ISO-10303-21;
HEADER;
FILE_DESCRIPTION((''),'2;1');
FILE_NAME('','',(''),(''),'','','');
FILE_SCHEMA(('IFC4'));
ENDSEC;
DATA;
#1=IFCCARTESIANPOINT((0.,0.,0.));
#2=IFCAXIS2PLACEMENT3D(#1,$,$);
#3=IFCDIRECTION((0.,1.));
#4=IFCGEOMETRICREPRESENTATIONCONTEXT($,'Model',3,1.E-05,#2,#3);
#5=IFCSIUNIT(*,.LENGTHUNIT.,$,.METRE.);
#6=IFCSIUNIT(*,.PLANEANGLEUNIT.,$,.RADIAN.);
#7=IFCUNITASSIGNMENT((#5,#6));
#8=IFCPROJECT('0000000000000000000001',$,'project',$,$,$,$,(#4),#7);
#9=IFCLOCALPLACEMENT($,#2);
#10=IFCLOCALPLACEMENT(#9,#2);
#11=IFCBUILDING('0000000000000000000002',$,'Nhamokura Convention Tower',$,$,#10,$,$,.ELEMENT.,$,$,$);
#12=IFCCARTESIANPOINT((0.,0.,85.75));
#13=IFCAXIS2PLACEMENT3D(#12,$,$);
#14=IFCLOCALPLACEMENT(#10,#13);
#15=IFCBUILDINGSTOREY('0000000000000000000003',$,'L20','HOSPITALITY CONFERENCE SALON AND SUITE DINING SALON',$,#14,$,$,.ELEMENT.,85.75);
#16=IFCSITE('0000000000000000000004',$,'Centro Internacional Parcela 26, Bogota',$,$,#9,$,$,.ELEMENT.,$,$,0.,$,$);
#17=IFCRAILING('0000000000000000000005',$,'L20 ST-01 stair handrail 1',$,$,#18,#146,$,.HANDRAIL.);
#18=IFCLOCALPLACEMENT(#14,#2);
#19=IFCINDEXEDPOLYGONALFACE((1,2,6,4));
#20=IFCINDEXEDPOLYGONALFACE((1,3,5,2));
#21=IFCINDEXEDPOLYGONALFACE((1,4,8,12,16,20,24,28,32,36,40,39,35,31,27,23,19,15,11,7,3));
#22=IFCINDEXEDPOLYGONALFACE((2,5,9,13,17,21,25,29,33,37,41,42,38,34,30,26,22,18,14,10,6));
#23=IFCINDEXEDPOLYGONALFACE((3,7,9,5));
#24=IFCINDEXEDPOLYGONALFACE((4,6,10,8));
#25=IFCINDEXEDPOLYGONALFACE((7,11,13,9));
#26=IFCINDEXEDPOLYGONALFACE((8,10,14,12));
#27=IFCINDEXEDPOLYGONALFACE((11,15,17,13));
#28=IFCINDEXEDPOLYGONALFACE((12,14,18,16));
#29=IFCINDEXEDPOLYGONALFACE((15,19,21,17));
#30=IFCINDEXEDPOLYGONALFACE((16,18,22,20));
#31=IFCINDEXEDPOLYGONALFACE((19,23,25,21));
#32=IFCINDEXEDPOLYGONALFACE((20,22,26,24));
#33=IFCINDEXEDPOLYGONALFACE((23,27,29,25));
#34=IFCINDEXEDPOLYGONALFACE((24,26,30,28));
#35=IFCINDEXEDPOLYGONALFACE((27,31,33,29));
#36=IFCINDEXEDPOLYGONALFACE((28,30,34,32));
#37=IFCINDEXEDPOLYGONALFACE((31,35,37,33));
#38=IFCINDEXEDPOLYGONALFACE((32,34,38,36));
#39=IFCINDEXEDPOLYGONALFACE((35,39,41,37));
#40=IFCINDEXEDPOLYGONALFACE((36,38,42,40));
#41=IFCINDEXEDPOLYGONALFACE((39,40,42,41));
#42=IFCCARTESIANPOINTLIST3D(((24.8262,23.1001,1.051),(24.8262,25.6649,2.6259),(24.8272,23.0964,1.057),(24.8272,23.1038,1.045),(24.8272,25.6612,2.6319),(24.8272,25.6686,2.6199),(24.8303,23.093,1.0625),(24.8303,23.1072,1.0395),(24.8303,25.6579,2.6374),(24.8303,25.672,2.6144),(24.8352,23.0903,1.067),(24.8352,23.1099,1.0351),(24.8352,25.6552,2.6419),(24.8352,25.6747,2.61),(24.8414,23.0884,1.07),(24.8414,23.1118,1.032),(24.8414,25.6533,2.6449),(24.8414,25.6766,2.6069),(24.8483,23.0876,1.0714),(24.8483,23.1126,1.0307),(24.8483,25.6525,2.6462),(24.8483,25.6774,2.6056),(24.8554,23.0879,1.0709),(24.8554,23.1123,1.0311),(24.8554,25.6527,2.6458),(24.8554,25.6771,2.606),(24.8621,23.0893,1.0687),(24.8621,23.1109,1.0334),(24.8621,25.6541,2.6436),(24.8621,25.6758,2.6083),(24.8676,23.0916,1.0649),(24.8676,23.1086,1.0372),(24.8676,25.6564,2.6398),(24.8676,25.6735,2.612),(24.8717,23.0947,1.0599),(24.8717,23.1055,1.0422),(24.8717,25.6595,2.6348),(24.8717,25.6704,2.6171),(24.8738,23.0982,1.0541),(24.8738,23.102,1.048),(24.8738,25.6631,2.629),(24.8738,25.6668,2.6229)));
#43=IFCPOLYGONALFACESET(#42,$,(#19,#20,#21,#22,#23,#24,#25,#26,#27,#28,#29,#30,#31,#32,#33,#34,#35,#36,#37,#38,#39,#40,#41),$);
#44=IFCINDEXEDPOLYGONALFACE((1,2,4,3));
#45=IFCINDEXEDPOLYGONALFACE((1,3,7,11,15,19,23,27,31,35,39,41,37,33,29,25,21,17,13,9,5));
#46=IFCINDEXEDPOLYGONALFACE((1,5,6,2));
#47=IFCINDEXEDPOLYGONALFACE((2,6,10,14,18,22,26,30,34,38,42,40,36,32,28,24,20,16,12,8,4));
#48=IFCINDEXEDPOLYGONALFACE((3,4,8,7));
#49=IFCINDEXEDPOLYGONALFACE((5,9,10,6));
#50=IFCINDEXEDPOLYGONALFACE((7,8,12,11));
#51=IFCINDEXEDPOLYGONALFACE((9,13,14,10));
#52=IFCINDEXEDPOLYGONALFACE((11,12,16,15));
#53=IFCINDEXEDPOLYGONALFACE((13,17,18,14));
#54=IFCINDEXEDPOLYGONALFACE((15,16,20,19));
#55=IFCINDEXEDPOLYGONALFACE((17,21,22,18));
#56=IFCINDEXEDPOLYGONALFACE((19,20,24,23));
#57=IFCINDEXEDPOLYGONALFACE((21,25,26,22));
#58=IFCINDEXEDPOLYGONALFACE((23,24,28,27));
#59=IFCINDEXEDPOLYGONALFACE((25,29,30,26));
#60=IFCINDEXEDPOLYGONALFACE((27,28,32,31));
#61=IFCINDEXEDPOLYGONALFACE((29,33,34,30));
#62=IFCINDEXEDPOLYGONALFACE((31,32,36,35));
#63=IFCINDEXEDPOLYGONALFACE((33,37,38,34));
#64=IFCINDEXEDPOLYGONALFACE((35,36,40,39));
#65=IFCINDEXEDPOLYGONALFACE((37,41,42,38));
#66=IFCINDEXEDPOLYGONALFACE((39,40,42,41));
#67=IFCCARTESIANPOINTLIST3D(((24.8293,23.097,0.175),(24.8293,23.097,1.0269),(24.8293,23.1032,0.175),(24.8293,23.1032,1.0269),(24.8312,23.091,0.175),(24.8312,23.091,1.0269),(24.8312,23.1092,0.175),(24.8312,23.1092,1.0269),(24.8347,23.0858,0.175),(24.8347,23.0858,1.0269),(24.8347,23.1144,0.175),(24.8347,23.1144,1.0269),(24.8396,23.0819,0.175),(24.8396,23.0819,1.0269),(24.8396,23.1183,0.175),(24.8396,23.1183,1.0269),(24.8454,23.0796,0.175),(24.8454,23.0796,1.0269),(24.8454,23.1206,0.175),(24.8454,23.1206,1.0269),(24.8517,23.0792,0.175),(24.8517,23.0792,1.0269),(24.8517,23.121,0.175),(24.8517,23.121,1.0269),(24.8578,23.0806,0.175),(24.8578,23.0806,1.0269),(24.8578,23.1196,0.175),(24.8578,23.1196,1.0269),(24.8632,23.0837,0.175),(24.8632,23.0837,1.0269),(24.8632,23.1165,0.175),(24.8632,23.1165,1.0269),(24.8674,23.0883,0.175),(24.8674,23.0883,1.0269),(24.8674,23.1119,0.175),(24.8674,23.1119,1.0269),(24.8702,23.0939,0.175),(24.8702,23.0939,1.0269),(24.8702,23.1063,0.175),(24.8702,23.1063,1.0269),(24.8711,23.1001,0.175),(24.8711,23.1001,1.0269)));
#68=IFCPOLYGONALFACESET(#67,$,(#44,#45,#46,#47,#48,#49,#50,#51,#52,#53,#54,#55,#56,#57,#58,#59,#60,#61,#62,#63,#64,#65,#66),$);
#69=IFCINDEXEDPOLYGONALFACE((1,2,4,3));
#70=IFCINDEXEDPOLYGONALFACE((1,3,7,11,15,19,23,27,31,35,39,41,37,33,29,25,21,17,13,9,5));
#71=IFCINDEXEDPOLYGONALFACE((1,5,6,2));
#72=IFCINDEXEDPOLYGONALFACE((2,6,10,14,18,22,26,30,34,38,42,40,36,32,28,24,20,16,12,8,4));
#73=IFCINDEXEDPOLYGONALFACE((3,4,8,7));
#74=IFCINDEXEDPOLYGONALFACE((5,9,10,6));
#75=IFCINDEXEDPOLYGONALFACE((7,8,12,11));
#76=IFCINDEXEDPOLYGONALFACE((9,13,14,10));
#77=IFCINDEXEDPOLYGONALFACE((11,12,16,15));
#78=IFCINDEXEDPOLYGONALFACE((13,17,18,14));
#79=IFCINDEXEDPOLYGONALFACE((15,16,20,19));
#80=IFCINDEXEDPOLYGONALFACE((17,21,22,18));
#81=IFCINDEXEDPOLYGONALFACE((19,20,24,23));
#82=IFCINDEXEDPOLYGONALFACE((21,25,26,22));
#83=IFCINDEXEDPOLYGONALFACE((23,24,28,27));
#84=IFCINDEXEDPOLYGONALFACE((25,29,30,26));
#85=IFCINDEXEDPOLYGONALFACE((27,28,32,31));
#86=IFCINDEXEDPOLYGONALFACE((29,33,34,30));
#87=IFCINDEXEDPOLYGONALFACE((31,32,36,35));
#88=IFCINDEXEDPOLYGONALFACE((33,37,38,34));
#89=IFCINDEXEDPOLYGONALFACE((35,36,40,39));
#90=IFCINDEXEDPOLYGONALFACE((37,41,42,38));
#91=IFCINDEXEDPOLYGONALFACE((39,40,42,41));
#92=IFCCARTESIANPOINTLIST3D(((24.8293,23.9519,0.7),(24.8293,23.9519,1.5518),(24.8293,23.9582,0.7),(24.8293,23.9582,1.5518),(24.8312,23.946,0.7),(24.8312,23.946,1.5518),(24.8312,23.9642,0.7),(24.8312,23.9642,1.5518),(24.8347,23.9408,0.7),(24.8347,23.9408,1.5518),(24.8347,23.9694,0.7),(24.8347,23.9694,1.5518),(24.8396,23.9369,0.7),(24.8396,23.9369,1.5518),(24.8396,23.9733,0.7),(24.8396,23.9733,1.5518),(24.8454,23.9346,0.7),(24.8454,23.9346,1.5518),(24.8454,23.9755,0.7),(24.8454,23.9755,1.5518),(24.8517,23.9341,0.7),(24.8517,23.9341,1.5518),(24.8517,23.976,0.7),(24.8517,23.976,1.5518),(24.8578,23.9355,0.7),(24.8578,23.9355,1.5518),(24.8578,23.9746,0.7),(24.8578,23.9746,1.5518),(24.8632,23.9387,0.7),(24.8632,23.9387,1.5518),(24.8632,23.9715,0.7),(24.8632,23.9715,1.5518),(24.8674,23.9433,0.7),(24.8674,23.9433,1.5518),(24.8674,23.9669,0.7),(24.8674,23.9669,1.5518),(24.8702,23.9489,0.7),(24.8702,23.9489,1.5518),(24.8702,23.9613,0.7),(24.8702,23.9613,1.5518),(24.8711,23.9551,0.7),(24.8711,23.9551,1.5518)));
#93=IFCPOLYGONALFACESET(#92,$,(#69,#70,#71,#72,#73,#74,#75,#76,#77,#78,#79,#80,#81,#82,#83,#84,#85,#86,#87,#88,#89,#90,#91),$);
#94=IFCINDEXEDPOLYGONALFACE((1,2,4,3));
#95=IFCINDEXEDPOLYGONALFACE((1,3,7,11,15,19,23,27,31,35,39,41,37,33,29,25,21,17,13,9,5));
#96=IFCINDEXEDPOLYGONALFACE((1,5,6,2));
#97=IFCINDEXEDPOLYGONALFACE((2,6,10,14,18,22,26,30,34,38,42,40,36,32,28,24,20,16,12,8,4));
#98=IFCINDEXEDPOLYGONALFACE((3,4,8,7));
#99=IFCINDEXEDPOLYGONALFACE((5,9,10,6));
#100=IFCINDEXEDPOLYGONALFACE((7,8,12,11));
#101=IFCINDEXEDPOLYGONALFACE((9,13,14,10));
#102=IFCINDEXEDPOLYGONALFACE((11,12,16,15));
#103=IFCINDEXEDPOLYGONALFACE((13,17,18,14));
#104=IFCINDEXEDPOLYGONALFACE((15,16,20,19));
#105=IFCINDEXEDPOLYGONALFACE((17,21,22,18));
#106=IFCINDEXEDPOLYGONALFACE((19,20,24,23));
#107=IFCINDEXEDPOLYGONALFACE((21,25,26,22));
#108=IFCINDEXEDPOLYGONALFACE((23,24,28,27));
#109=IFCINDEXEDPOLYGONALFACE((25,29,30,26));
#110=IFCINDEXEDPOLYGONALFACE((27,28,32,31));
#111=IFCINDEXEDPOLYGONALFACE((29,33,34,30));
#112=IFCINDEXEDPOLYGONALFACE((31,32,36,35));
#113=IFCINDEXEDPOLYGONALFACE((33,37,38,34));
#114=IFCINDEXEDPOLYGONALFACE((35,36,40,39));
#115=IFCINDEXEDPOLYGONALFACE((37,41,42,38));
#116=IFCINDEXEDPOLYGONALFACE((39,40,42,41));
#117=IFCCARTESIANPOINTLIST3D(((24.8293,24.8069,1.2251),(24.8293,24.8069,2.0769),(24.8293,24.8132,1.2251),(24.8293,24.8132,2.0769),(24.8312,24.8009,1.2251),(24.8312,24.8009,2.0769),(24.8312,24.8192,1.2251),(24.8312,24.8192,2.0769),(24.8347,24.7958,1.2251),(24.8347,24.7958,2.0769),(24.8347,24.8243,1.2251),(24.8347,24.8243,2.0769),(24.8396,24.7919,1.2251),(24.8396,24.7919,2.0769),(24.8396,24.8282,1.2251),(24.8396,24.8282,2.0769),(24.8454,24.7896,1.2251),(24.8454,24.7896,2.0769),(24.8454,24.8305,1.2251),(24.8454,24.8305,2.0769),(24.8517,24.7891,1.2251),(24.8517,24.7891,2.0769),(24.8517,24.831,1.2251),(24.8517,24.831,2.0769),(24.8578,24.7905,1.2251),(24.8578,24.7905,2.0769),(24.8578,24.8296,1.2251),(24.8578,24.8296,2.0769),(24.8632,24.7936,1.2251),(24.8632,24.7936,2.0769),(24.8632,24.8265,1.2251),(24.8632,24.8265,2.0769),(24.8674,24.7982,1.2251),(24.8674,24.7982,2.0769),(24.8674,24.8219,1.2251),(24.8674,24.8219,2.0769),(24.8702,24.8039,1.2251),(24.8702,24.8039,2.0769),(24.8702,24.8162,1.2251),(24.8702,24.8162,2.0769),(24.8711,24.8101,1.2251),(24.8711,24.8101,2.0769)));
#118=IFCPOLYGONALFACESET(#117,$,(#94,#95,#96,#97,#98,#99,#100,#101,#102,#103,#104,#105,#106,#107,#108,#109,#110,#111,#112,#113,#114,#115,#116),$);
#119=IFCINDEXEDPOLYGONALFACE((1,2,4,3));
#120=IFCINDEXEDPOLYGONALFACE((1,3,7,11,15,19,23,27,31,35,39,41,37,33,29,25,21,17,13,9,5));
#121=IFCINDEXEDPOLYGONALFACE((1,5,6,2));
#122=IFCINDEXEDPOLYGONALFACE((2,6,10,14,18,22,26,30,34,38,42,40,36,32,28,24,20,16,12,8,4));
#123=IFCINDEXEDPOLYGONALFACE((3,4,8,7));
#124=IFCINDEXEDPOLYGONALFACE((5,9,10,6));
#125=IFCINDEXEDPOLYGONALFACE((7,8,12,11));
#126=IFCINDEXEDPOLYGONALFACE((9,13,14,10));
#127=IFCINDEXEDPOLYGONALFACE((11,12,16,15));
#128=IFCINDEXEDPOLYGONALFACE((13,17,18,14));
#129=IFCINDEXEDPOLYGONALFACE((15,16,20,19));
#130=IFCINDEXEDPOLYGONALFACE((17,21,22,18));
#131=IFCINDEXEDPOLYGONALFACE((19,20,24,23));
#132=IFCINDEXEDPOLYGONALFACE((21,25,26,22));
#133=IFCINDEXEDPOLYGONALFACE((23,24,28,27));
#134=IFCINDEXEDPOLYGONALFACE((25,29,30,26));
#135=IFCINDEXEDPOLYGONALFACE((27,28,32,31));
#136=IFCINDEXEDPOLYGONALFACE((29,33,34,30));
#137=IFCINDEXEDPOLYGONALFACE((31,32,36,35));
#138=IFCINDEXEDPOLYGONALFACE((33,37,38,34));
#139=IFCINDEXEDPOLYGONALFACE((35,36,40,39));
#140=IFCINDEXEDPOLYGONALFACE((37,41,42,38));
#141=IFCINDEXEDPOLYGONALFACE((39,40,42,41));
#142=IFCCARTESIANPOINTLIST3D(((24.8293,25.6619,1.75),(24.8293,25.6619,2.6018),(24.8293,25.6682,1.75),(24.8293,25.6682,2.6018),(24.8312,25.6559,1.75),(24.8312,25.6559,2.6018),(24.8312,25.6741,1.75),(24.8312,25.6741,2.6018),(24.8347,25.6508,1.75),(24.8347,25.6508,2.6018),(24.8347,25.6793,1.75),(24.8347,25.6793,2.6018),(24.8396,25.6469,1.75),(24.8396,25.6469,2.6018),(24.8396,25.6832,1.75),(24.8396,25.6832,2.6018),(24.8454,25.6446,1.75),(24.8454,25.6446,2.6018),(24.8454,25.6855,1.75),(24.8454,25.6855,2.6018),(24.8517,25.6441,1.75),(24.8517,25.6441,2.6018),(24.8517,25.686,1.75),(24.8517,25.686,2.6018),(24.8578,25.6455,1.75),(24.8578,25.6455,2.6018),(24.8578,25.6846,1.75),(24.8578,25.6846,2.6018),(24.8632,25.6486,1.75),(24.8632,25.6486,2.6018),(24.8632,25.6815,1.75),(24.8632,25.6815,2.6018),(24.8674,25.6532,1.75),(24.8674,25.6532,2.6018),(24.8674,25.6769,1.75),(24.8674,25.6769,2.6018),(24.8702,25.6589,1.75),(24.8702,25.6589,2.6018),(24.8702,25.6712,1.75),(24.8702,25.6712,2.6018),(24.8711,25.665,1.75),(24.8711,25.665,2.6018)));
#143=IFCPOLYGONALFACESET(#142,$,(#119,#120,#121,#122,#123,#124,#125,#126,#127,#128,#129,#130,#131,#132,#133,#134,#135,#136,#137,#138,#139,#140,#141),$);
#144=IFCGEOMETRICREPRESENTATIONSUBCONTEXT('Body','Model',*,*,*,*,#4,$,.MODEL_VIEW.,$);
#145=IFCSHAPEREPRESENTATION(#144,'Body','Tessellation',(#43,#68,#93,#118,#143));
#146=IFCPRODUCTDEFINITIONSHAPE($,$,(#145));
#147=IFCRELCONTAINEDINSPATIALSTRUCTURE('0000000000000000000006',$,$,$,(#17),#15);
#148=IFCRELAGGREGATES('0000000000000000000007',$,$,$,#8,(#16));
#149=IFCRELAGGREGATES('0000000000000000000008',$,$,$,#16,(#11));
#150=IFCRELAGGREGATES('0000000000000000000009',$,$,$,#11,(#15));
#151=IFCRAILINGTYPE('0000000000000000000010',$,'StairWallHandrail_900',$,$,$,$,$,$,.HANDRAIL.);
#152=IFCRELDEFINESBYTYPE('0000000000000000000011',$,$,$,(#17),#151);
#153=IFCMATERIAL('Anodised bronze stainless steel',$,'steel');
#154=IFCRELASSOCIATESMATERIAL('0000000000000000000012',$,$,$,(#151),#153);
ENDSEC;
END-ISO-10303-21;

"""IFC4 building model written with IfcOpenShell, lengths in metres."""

from ifc_helpers import new_model, si_unit, direction, frame, origin, origin_2d, place, context, subcontext, project, spatial, circle, extrude, material, type_object, element, save


model = new_model("IFC4")

# Units and contexts
model_context = context("Model", 3, precision=1e-05, world=origin(), true_north=direction((0.0, 1.0)))
body_context = subcontext(model_context, "Body", "Model", "MODEL_VIEW")
ifc_project = project(units=[si_unit("LENGTHUNIT", "METRE"), si_unit("PLANEANGLEUNIT", "RADIAN")], contexts=[model_context])

# Site, building, storey
site_placement = place(None, origin())
site = spatial("IfcSite", under=ifc_project, at=site_placement, Name="Centro Internacional Parcela 26, Bogota", CompositionType="ELEMENT", RefElevation=0.0)
building_placement = place(site_placement, origin())
building = spatial("IfcBuilding", under=site, at=building_placement, Name="Nhamokura Convention Tower", CompositionType="ELEMENT")
storey_placement = place(building_placement, frame((0.0, 0.0, 85.75)))
storey = spatial("IfcBuildingStorey", under=building, at=storey_placement, Name="L20", Description="HOSPITALITY CONFERENCE SALON AND SUITE DINING SALON", CompositionType="ELEMENT", Elevation=85.75)

# Railing
ifc_material_1 = material(Name="Anodised bronze stainless steel", Category="steel")
railing_type_1 = type_object("IfcRailingType", Name="StairWallHandrail_900", PredefinedType="HANDRAIL", material=ifc_material_1)
railing_1_placement = place(storey_placement, frame((24.8501, 23.1001, 0.175)))
element("IfcRailing", 1, at=railing_1_placement, inside=storey, type_object=railing_type_1, Name="L20 ST-01 stair handrail 1", PredefinedType="HANDRAIL", context=body_context, shape_type="SweptSolid", body=[
    extrude(circle(Radius=0.0239, at=origin_2d()), frame((0.0, 0.0, 0.876), z_axis=(0.0, 0.852173, 0.52326), x_axis=(-1.0, 0.0, 0.0)), (0.0, 0.0, 1.0), 3.0098),
    extrude(circle(Radius=0.021, at=origin_2d()), origin(), (0.0, 0.0, 1.0), 0.8518),
    extrude(circle(Radius=0.021, at=origin_2d()), frame((0.0, 0.855, 0.5249)), (0.0, 0.0, 1.0), 0.8518),
    extrude(circle(Radius=0.021, at=origin_2d()), frame((0.0, 1.71, 1.05)), (0.0, 0.0, 1.0), 0.8518),
    extrude(circle(Radius=0.021, at=origin_2d()), frame((0.0, 2.5649, 1.575)), (0.0, 0.0, 1.0), 0.8518),
])

save(model, "model.ifc")
